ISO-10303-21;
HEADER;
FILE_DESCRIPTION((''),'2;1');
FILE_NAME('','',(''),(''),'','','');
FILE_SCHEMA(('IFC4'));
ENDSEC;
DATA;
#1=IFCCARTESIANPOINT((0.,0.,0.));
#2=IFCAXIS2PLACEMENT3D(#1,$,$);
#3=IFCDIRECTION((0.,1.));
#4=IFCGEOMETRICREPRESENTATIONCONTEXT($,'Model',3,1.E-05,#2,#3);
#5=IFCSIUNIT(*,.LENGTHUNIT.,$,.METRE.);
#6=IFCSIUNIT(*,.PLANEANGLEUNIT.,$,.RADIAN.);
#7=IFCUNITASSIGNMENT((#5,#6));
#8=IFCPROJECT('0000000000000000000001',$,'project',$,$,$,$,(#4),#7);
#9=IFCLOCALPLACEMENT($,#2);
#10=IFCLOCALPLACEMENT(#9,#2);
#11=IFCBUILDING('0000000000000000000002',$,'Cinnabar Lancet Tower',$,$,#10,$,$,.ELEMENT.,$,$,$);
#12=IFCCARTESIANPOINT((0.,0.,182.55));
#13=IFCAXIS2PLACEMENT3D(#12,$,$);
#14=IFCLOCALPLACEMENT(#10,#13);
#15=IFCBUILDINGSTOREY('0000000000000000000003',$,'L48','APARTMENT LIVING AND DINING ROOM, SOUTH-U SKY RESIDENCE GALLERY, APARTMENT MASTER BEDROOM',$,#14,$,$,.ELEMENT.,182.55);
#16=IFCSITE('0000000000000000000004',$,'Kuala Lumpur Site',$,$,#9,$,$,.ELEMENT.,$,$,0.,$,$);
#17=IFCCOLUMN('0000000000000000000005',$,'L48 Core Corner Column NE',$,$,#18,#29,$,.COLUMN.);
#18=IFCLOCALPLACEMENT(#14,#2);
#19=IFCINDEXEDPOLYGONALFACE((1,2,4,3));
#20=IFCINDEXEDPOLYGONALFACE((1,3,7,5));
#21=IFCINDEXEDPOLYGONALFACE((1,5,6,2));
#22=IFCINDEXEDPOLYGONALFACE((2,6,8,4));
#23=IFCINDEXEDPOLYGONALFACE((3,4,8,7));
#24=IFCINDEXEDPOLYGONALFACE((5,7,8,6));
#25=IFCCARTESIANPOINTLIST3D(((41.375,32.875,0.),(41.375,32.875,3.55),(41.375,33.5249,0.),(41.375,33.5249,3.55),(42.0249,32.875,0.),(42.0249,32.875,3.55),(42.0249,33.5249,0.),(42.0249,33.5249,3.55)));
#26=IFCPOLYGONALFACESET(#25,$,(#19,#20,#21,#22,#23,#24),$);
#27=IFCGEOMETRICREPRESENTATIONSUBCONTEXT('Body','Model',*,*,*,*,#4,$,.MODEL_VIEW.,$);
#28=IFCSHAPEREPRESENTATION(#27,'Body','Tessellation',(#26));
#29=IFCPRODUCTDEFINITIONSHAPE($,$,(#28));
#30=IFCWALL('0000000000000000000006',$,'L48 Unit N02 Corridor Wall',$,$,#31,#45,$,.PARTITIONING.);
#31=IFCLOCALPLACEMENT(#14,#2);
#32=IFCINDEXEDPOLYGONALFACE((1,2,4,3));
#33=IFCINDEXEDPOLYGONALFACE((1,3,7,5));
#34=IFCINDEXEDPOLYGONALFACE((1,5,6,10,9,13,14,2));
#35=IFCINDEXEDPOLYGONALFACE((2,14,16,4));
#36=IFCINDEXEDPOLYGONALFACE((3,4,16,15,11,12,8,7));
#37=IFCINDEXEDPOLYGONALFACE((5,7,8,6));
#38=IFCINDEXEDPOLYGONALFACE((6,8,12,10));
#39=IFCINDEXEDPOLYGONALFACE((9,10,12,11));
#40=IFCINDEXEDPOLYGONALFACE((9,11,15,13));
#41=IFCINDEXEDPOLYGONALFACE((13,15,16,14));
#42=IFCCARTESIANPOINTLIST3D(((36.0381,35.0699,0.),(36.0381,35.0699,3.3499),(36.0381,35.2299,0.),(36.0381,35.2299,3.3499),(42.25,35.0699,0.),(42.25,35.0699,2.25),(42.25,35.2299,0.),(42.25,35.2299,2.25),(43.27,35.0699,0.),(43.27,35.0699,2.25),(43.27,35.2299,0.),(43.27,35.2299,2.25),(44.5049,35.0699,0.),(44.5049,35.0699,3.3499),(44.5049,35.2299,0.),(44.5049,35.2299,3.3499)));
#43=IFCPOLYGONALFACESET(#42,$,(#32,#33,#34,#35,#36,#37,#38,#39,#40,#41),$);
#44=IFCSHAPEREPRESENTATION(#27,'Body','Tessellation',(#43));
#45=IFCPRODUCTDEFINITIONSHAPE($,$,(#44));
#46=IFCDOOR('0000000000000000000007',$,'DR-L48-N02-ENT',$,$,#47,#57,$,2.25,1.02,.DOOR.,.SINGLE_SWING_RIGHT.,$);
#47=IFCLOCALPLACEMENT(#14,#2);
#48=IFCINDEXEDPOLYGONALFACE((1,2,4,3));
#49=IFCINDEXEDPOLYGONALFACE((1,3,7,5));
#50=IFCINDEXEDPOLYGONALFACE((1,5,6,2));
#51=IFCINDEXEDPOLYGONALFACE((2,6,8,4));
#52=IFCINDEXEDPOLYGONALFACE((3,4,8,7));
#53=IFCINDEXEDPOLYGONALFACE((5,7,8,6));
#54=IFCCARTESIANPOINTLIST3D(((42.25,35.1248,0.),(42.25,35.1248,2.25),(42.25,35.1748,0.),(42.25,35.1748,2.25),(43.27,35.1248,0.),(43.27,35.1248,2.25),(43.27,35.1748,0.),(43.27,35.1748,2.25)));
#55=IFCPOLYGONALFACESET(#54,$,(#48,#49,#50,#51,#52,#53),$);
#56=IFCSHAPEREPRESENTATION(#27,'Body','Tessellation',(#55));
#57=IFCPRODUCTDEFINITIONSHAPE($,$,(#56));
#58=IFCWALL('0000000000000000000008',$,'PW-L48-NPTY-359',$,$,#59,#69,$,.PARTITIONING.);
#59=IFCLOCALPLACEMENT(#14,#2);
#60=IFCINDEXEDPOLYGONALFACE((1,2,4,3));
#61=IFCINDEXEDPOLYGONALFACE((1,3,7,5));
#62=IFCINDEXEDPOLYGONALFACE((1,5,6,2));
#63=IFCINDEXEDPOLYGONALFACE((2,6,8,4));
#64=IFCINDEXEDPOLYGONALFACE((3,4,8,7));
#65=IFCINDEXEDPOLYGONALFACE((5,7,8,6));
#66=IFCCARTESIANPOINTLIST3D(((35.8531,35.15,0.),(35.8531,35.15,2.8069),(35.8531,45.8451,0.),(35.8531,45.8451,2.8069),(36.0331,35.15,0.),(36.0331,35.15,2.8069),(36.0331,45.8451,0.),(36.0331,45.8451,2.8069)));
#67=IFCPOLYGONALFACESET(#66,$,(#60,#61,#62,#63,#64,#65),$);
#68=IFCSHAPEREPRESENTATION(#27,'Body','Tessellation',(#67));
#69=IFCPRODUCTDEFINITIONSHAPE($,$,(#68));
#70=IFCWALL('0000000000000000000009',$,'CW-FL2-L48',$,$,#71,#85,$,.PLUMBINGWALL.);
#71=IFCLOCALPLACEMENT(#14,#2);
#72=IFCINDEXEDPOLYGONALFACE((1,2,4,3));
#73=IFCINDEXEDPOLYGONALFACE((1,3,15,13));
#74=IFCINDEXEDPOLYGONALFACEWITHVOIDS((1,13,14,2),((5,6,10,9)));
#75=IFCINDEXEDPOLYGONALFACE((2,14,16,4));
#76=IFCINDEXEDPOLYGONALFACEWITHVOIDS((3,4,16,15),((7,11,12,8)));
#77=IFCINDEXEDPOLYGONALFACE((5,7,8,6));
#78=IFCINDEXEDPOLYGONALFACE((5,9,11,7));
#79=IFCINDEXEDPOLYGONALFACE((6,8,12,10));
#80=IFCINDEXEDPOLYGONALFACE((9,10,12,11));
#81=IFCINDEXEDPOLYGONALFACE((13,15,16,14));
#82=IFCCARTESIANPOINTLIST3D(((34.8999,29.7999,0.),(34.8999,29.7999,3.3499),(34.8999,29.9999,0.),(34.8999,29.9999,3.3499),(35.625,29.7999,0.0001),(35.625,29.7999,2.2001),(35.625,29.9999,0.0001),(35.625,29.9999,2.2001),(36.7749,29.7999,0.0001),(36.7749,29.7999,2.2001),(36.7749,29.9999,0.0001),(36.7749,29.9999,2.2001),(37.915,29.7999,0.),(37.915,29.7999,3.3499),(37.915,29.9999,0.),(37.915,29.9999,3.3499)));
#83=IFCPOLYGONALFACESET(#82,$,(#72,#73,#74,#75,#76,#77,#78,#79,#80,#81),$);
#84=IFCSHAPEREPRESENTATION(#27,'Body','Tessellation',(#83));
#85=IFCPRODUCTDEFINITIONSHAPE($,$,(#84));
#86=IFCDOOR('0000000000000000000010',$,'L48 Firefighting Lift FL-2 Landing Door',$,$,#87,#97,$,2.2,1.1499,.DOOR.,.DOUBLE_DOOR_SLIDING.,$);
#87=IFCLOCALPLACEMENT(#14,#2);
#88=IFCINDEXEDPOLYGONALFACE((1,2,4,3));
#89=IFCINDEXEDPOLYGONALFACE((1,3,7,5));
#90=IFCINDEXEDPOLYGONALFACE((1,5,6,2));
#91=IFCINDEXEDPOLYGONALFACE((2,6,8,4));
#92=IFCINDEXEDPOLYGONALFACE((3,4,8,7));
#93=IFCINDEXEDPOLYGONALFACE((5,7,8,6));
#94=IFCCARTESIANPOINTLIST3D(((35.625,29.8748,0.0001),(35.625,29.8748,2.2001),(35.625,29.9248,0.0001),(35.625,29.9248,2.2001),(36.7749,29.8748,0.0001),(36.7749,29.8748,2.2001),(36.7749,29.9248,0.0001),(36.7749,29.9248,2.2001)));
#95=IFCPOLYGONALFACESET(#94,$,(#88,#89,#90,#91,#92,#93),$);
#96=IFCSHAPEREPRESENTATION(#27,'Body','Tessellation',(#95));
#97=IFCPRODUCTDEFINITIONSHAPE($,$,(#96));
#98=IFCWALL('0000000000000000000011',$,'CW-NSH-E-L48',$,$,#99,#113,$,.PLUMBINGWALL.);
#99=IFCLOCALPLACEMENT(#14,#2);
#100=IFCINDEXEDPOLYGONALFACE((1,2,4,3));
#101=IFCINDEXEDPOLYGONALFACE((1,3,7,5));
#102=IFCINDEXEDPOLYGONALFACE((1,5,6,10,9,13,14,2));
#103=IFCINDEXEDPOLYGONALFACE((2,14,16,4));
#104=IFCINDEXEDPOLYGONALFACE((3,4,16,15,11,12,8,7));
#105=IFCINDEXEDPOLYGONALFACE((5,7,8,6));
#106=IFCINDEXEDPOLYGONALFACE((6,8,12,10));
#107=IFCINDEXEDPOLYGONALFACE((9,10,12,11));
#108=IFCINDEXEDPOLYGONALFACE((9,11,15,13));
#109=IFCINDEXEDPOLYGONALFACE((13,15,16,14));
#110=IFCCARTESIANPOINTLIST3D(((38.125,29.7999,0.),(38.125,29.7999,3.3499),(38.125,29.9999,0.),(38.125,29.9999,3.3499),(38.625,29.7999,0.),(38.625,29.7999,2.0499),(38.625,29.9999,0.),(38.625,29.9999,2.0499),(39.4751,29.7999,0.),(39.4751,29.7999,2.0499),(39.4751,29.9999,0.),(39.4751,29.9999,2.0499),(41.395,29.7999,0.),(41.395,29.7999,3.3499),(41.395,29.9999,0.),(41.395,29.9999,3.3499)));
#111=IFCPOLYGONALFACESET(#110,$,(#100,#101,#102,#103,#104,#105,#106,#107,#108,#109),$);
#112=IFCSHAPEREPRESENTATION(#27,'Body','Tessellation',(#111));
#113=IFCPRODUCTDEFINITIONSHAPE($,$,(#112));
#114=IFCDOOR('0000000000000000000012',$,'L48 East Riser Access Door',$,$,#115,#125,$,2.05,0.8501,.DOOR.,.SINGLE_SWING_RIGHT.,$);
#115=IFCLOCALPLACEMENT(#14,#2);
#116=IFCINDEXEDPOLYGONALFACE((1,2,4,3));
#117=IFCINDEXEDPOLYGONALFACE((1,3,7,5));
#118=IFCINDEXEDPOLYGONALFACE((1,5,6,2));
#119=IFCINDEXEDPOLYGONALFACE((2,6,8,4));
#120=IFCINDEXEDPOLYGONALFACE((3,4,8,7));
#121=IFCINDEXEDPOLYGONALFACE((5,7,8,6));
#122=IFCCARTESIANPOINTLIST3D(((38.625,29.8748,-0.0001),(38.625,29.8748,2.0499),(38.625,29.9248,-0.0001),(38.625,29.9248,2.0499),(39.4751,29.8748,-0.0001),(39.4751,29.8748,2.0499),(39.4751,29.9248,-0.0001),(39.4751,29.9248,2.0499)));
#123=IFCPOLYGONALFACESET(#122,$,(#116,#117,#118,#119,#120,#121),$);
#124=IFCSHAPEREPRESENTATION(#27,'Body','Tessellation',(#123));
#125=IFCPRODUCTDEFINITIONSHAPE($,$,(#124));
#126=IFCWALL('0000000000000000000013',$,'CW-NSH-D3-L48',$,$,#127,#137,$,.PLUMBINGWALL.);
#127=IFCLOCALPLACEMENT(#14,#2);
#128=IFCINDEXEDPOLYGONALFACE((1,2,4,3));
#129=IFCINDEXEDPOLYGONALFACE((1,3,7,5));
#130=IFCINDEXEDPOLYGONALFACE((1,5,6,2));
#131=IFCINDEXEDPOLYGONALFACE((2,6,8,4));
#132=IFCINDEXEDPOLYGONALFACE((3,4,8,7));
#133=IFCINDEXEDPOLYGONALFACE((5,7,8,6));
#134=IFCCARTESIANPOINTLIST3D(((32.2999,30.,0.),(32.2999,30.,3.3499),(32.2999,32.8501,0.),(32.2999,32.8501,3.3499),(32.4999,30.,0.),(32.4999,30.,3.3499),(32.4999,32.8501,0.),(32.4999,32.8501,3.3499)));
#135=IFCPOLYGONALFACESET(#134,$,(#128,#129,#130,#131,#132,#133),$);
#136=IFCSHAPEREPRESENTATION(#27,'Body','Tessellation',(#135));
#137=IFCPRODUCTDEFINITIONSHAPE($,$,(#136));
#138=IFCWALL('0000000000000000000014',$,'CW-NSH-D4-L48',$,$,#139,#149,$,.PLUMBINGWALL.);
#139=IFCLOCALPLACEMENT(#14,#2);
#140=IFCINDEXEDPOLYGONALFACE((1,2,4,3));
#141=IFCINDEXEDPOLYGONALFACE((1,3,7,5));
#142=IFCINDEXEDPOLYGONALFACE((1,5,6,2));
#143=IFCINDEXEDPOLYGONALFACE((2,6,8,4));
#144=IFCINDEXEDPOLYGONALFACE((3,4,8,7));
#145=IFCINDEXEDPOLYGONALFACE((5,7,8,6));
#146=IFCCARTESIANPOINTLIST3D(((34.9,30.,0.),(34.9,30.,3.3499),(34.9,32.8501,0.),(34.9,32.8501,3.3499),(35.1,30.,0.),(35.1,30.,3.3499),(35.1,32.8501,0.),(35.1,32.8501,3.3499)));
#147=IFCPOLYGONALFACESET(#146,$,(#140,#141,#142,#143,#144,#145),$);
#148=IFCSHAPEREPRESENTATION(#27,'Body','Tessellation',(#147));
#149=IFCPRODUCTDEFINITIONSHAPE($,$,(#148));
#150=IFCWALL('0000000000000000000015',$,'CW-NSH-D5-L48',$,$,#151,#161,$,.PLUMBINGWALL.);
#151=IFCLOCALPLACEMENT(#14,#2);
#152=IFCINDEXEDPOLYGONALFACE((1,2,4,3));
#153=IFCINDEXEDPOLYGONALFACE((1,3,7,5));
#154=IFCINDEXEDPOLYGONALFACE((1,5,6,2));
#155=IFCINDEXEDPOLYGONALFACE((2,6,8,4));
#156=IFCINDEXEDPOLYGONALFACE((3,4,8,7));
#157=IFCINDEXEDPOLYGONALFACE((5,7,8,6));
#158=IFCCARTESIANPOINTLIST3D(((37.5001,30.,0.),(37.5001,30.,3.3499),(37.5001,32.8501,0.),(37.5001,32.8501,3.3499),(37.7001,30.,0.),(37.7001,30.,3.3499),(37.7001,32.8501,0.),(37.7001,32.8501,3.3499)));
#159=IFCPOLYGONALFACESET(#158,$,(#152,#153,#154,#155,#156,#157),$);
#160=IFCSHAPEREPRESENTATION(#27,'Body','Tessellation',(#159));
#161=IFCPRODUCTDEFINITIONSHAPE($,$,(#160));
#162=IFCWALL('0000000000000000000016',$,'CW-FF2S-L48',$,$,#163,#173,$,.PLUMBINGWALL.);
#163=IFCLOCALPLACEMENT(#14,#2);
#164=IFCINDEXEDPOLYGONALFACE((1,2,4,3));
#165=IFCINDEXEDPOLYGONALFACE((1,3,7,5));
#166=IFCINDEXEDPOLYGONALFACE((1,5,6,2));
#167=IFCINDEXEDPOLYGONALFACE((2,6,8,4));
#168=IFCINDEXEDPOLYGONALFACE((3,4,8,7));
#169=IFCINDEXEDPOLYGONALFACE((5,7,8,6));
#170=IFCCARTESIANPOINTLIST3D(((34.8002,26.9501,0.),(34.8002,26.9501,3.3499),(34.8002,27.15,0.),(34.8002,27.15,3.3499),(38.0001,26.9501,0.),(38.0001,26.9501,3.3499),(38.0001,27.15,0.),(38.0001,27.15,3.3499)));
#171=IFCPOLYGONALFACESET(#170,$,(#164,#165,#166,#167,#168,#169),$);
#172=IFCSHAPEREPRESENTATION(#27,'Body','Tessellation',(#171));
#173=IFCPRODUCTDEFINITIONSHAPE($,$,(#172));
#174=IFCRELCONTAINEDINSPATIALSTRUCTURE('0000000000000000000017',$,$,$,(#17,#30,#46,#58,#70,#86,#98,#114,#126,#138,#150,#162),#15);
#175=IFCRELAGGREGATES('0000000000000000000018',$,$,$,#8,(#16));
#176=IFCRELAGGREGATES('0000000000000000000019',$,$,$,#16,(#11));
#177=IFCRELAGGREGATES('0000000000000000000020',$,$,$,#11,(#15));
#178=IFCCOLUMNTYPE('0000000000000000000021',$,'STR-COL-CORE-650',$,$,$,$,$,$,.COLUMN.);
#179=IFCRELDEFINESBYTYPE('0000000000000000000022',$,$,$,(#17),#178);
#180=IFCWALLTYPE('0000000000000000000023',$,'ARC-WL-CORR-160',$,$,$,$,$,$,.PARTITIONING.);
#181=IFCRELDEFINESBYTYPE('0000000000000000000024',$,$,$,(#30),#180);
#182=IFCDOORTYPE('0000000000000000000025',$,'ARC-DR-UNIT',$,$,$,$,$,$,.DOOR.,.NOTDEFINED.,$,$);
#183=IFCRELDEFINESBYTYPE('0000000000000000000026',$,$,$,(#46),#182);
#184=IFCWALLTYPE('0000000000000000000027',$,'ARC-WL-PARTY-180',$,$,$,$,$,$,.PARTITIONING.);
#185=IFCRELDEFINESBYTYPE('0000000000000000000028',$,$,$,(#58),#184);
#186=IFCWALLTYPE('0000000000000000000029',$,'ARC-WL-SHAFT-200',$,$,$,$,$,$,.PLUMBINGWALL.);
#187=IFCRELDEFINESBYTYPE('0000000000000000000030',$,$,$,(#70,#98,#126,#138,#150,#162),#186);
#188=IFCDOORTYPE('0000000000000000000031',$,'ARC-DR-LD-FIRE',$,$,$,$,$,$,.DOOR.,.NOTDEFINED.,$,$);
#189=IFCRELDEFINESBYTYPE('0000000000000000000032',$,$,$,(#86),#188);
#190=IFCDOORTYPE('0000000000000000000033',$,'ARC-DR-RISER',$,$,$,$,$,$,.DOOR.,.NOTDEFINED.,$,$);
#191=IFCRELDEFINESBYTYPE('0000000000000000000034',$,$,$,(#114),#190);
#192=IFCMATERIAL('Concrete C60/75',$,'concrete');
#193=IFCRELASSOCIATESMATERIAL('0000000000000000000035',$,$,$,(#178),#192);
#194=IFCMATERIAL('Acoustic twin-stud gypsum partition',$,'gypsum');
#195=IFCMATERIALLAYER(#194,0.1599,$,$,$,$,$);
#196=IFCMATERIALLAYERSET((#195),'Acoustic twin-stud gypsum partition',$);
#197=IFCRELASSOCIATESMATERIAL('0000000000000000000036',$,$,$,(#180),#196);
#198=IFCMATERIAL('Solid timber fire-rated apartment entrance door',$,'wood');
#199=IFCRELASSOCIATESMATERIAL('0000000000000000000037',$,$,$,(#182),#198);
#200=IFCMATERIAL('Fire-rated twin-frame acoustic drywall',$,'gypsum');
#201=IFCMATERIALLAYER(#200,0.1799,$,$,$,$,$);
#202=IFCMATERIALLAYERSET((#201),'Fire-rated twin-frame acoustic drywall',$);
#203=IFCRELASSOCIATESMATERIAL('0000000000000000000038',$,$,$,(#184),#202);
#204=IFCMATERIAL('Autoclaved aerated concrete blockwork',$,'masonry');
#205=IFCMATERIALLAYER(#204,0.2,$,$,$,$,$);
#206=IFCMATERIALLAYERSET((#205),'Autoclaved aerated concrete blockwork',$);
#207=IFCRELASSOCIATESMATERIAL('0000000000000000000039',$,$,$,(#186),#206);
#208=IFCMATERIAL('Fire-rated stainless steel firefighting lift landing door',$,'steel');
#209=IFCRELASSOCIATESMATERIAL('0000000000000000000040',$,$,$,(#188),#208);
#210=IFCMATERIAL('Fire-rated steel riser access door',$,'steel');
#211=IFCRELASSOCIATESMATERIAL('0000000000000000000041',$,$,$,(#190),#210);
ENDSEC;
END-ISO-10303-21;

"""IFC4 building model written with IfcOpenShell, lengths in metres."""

from ifc_helpers import new_model, si_unit, direction, frame, frame_2d, origin, origin_2d, place, context, subcontext, project, spatial, rectangle, extrude, material, layer, layer_set, material_profile, profile_set, type_object, element, fill, save


model = new_model("IFC4")

# Units and contexts
model_context = context("Model", 3, precision=1e-05, world=origin(), true_north=direction((0.0, 1.0)))
body_context = subcontext(model_context, "Body", "Model", "MODEL_VIEW")
ifc_project = project(units=[si_unit("LENGTHUNIT", "METRE"), si_unit("PLANEANGLEUNIT", "RADIAN")], contexts=[model_context])

# Site, building, storey
site_placement = place(None, origin())
site = spatial("IfcSite", under=ifc_project, at=site_placement, Name="Kuala Lumpur Site", CompositionType="ELEMENT", RefElevation=0.0)
building_placement = place(site_placement, origin())
building = spatial("IfcBuilding", under=site, at=building_placement, Name="Cinnabar Lancet Tower", CompositionType="ELEMENT")
storey_placement = place(building_placement, frame((0.0, 0.0, 182.55)))
storey = spatial("IfcBuildingStorey", under=building, at=storey_placement, Name="L48", Description="APARTMENT LIVING AND DINING ROOM, SOUTH-U SKY RESIDENCE GALLERY, APARTMENT MASTER BEDROOM", CompositionType="ELEMENT", Elevation=182.55)

# Column
ifc_material_1 = material(Name="Concrete C60/75", Category="concrete")
ifc_material_profile = material_profile(ifc_material_1, rectangle(XDim=0.6499, YDim=0.6499, at=origin_2d()), Name="RC-COL 650x650")
ifc_profile_set = profile_set([ifc_material_profile], Name="Concrete C60/75")
column_type = type_object("IfcColumnType", Name="STR-COL-CORE-650", PredefinedType="COLUMN", material=ifc_profile_set)
column_placement = place(storey_placement, frame((41.7, 33.2, 0.0), z_axis=(0.0, 0.0, 1.0), x_axis=(1.0, 0.0, 0.0)))
element("IfcColumn", 1, at=column_placement, inside=storey, type_object=column_type, Name="L48 Core Corner Column NE", PredefinedType="COLUMN", context=body_context, shape_type="SweptSolid", body=[
    extrude(rectangle(XDim=0.6499, YDim=0.6499, at=origin_2d()), origin(), (0.0, 0.0, 1.0), 3.55),
])

# Wall, opening, door
ifc_material_2 = material(Name="Acoustic twin-stud gypsum partition", Category="gypsum")
ifc_layer_1 = layer(ifc_material_2, 0.1599)
ifc_layer_set_1 = layer_set([ifc_layer_1], Name="Acoustic twin-stud gypsum partition")
wall_type_1 = type_object("IfcWallType", Name="ARC-WL-CORR-160", PredefinedType="PARTITIONING", material=ifc_layer_set_1)
wall_1_placement = place(storey_placement, frame((36.0381, 35.1499, 0.0), z_axis=(0.0, 0.0, 1.0), x_axis=(1.0, 0.0, 0.0)))
wall_1 = element("IfcWall", 2, at=wall_1_placement, inside=storey, type_object=wall_type_1, Name="L48 Unit N02 Corridor Wall", PredefinedType="PARTITIONING", context=body_context, shape_type="SweptSolid", body=[
    extrude(rectangle(XDim=8.4668, YDim=0.1599, at=frame_2d((4.2334, 0.0))), origin(), (0.0, 0.0, 1.0), 3.3499),
])
opening_1_placement = place(wall_1_placement, frame((6.2119, 0.0, 0.0)))
opening_1 = element("IfcOpeningElement", 3, at=opening_1_placement, cuts=wall_1, PredefinedType="OPENING", context=body_context, shape_type="SweptSolid", body=[
    extrude(rectangle(XDim=1.02, YDim=2.25, at=frame_2d((0.51, 1.125))), frame((0.0, 0.0898, 0.0), z_axis=(0.0, -1.0, 0.0), x_axis=(1.0, 0.0, 0.0)), (0.0, 0.0, 1.0), 0.1799),
])
ifc_material_3 = material(Name="Solid timber fire-rated apartment entrance door", Category="wood")
door_type_1 = type_object("IfcDoorType", Name="ARC-DR-UNIT", OperationType="NOTDEFINED", PredefinedType="DOOR", material=ifc_material_3)
door_1_placement = place(opening_1_placement, origin())
door_1 = element("IfcDoor", 4, at=door_1_placement, inside=storey, type_object=door_type_1, Name="DR-L48-N02-ENT", OperationType="SINGLE_SWING_RIGHT", OverallHeight=2.25, OverallWidth=1.02, PredefinedType="DOOR", context=body_context, shape_type="SweptSolid", body=[
    extrude(rectangle(XDim=1.02, YDim=2.25, at=frame_2d((0.51, 1.125))), frame((0.0, 0.0249, 0.0), z_axis=(0.0, -1.0, 0.0), x_axis=(1.0, 0.0, 0.0)), (0.0, 0.0, 1.0), 0.05),
])
fill(opening_1, door_1)

# Wall
ifc_material_4 = material(Name="Fire-rated twin-frame acoustic drywall", Category="gypsum")
ifc_layer_2 = layer(ifc_material_4, 0.1799)
ifc_layer_set_2 = layer_set([ifc_layer_2], Name="Fire-rated twin-frame acoustic drywall")
wall_type_2 = type_object("IfcWallType", Name="ARC-WL-PARTY-180", PredefinedType="PARTITIONING", material=ifc_layer_set_2)
wall_2_placement = place(storey_placement, frame((35.9431, 35.1499, 0.0), z_axis=(0.0, 0.0, 1.0), x_axis=(0.0, 1.0, 0.0)))
element("IfcWall", 5, at=wall_2_placement, inside=storey, type_object=wall_type_2, Name="PW-L48-NPTY-359", PredefinedType="PARTITIONING", context=body_context, shape_type="SweptSolid", body=[
    extrude(rectangle(XDim=10.6951, YDim=0.1799, at=frame_2d((5.3477, 0.0))), origin(), (0.0, 0.0, 1.0), 2.8069),
])

# Walls, openings, doors
ifc_material_5 = material(Name="Autoclaved aerated concrete blockwork", Category="masonry")
ifc_layer_3 = layer(ifc_material_5, 0.2)
ifc_layer_set_3 = layer_set([ifc_layer_3], Name="Autoclaved aerated concrete blockwork")
wall_type_3 = type_object("IfcWallType", Name="ARC-WL-SHAFT-200", PredefinedType="PLUMBINGWALL", material=ifc_layer_set_3)
wall_3_placement = place(storey_placement, frame((34.8999, 29.8999, 0.0), z_axis=(0.0, 0.0, 1.0), x_axis=(1.0, 0.0, 0.0)))
wall_3 = element("IfcWall", 6, at=wall_3_placement, inside=storey, type_object=wall_type_3, Name="CW-FL2-L48", PredefinedType="PLUMBINGWALL", context=body_context, shape_type="SweptSolid", body=[
    extrude(rectangle(XDim=3.0151, YDim=0.2, at=frame_2d((1.5076, 0.0))), origin(), (0.0, 0.0, 1.0), 3.3499),
])
opening_2_placement = place(wall_3_placement, frame((0.7251, 0.0, 0.0)))
opening_2 = element("IfcOpeningElement", 7, at=opening_2_placement, cuts=wall_3, PredefinedType="OPENING", context=body_context, shape_type="SweptSolid", body=[
    extrude(rectangle(XDim=1.1499, YDim=2.2, at=frame_2d((0.575, 1.1001))), frame((0.0, 0.1099, 0.0), z_axis=(0.0, -1.0, 0.0), x_axis=(1.0, 0.0, 0.0)), (0.0, 0.0, 1.0), 0.22),
])
ifc_material_6 = material(Name="Fire-rated stainless steel firefighting lift landing door", Category="steel")
door_type_2 = type_object("IfcDoorType", Name="ARC-DR-LD-FIRE", OperationType="NOTDEFINED", PredefinedType="DOOR", material=ifc_material_6)
door_2_placement = place(opening_2_placement, origin())
door_2 = element("IfcDoor", 8, at=door_2_placement, inside=storey, type_object=door_type_2, Name="L48 Firefighting Lift FL-2 Landing Door", OperationType="DOUBLE_DOOR_SLIDING", OverallHeight=2.2, OverallWidth=1.1499, PredefinedType="DOOR", context=body_context, shape_type="SweptSolid", body=[
    extrude(rectangle(XDim=1.1499, YDim=2.2, at=frame_2d((0.575, 1.1001))), frame((0.0, 0.0249, 0.0), z_axis=(0.0, -1.0, 0.0), x_axis=(1.0, 0.0, 0.0)), (0.0, 0.0, 1.0), 0.05),
])
fill(opening_2, door_2)
wall_4_placement = place(storey_placement, frame((38.125, 29.8999, 0.0), z_axis=(0.0, 0.0, 1.0), x_axis=(1.0, 0.0, 0.0)))
wall_4 = element("IfcWall", 9, at=wall_4_placement, inside=storey, type_object=wall_type_3, Name="CW-NSH-E-L48", PredefinedType="PLUMBINGWALL", context=body_context, shape_type="SweptSolid", body=[
    extrude(rectangle(XDim=3.27, YDim=0.2, at=frame_2d((1.635, 0.0))), origin(), (0.0, 0.0, 1.0), 3.3499),
])
opening_3_placement = place(wall_4_placement, frame((0.5, 0.0, 0.0)))
opening_3 = element("IfcOpeningElement", 10, at=opening_3_placement, cuts=wall_4, PredefinedType="OPENING", context=body_context, shape_type="SweptSolid", body=[
    extrude(rectangle(XDim=0.8501, YDim=2.05, at=frame_2d((0.425, 1.0249))), frame((0.0, 0.1099, 0.0), z_axis=(0.0, -1.0, 0.0), x_axis=(1.0, 0.0, 0.0)), (0.0, 0.0, 1.0), 0.22),
])
ifc_material_7 = material(Name="Fire-rated steel riser access door", Category="steel")
door_type_3 = type_object("IfcDoorType", Name="ARC-DR-RISER", OperationType="NOTDEFINED", PredefinedType="DOOR", material=ifc_material_7)
door_3_placement = place(opening_3_placement, origin())
door_3 = element("IfcDoor", 11, at=door_3_placement, inside=storey, type_object=door_type_3, Name="L48 East Riser Access Door", OperationType="SINGLE_SWING_RIGHT", OverallHeight=2.05, OverallWidth=0.8501, PredefinedType="DOOR", context=body_context, shape_type="SweptSolid", body=[
    extrude(rectangle(XDim=0.8501, YDim=2.05, at=frame_2d((0.425, 1.0249))), frame((0.0, 0.0249, 0.0), z_axis=(0.0, -1.0, 0.0), x_axis=(1.0, 0.0, 0.0)), (0.0, 0.0, 1.0), 0.05),
])
fill(opening_3, door_3)

# Walls
for number, where, z_axis, x_axis, name in (
    (12, (32.3999, 30.0, 0.0), (0.0, 0.0, 1.0), (0.0, 1.0, 0.0), "CW-NSH-D3-L48"),
    (13, (35.0, 30.0, 0.0), (0.0, 0.0, 1.0), (0.0, 1.0, 0.0), "CW-NSH-D4-L48"),
    (14, (37.6001, 30.0, 0.0), (0.0, 0.0, 1.0), (0.0, 1.0, 0.0), "CW-NSH-D5-L48"),
):
    element("IfcWall", number, at=place(storey_placement, frame(where, z_axis=z_axis, x_axis=x_axis)), inside=storey, type_object=wall_type_3, Name=name, PredefinedType="PLUMBINGWALL", context=body_context, shape_type="SweptSolid", body=[
        extrude(rectangle(XDim=2.8501, YDim=0.2, at=frame_2d((1.425, 0.0))), origin(), (0.0, 0.0, 1.0), 3.3499),
    ])

# Wall
wall_5_placement = place(storey_placement, frame((34.8, 27.05, 0.0), z_axis=(0.0, 0.0, 1.0), x_axis=(1.0, 0.0, 0.0)))
element("IfcWall", 15, at=wall_5_placement, inside=storey, type_object=wall_type_3, Name="CW-FF2S-L48", PredefinedType="PLUMBINGWALL", context=body_context, shape_type="SweptSolid", body=[
    extrude(rectangle(XDim=3.2, YDim=0.2, at=frame_2d((1.6001, 0.0))), origin(), (0.0, 0.0, 1.0), 3.3499),
])

save(model, "model.ifc")
